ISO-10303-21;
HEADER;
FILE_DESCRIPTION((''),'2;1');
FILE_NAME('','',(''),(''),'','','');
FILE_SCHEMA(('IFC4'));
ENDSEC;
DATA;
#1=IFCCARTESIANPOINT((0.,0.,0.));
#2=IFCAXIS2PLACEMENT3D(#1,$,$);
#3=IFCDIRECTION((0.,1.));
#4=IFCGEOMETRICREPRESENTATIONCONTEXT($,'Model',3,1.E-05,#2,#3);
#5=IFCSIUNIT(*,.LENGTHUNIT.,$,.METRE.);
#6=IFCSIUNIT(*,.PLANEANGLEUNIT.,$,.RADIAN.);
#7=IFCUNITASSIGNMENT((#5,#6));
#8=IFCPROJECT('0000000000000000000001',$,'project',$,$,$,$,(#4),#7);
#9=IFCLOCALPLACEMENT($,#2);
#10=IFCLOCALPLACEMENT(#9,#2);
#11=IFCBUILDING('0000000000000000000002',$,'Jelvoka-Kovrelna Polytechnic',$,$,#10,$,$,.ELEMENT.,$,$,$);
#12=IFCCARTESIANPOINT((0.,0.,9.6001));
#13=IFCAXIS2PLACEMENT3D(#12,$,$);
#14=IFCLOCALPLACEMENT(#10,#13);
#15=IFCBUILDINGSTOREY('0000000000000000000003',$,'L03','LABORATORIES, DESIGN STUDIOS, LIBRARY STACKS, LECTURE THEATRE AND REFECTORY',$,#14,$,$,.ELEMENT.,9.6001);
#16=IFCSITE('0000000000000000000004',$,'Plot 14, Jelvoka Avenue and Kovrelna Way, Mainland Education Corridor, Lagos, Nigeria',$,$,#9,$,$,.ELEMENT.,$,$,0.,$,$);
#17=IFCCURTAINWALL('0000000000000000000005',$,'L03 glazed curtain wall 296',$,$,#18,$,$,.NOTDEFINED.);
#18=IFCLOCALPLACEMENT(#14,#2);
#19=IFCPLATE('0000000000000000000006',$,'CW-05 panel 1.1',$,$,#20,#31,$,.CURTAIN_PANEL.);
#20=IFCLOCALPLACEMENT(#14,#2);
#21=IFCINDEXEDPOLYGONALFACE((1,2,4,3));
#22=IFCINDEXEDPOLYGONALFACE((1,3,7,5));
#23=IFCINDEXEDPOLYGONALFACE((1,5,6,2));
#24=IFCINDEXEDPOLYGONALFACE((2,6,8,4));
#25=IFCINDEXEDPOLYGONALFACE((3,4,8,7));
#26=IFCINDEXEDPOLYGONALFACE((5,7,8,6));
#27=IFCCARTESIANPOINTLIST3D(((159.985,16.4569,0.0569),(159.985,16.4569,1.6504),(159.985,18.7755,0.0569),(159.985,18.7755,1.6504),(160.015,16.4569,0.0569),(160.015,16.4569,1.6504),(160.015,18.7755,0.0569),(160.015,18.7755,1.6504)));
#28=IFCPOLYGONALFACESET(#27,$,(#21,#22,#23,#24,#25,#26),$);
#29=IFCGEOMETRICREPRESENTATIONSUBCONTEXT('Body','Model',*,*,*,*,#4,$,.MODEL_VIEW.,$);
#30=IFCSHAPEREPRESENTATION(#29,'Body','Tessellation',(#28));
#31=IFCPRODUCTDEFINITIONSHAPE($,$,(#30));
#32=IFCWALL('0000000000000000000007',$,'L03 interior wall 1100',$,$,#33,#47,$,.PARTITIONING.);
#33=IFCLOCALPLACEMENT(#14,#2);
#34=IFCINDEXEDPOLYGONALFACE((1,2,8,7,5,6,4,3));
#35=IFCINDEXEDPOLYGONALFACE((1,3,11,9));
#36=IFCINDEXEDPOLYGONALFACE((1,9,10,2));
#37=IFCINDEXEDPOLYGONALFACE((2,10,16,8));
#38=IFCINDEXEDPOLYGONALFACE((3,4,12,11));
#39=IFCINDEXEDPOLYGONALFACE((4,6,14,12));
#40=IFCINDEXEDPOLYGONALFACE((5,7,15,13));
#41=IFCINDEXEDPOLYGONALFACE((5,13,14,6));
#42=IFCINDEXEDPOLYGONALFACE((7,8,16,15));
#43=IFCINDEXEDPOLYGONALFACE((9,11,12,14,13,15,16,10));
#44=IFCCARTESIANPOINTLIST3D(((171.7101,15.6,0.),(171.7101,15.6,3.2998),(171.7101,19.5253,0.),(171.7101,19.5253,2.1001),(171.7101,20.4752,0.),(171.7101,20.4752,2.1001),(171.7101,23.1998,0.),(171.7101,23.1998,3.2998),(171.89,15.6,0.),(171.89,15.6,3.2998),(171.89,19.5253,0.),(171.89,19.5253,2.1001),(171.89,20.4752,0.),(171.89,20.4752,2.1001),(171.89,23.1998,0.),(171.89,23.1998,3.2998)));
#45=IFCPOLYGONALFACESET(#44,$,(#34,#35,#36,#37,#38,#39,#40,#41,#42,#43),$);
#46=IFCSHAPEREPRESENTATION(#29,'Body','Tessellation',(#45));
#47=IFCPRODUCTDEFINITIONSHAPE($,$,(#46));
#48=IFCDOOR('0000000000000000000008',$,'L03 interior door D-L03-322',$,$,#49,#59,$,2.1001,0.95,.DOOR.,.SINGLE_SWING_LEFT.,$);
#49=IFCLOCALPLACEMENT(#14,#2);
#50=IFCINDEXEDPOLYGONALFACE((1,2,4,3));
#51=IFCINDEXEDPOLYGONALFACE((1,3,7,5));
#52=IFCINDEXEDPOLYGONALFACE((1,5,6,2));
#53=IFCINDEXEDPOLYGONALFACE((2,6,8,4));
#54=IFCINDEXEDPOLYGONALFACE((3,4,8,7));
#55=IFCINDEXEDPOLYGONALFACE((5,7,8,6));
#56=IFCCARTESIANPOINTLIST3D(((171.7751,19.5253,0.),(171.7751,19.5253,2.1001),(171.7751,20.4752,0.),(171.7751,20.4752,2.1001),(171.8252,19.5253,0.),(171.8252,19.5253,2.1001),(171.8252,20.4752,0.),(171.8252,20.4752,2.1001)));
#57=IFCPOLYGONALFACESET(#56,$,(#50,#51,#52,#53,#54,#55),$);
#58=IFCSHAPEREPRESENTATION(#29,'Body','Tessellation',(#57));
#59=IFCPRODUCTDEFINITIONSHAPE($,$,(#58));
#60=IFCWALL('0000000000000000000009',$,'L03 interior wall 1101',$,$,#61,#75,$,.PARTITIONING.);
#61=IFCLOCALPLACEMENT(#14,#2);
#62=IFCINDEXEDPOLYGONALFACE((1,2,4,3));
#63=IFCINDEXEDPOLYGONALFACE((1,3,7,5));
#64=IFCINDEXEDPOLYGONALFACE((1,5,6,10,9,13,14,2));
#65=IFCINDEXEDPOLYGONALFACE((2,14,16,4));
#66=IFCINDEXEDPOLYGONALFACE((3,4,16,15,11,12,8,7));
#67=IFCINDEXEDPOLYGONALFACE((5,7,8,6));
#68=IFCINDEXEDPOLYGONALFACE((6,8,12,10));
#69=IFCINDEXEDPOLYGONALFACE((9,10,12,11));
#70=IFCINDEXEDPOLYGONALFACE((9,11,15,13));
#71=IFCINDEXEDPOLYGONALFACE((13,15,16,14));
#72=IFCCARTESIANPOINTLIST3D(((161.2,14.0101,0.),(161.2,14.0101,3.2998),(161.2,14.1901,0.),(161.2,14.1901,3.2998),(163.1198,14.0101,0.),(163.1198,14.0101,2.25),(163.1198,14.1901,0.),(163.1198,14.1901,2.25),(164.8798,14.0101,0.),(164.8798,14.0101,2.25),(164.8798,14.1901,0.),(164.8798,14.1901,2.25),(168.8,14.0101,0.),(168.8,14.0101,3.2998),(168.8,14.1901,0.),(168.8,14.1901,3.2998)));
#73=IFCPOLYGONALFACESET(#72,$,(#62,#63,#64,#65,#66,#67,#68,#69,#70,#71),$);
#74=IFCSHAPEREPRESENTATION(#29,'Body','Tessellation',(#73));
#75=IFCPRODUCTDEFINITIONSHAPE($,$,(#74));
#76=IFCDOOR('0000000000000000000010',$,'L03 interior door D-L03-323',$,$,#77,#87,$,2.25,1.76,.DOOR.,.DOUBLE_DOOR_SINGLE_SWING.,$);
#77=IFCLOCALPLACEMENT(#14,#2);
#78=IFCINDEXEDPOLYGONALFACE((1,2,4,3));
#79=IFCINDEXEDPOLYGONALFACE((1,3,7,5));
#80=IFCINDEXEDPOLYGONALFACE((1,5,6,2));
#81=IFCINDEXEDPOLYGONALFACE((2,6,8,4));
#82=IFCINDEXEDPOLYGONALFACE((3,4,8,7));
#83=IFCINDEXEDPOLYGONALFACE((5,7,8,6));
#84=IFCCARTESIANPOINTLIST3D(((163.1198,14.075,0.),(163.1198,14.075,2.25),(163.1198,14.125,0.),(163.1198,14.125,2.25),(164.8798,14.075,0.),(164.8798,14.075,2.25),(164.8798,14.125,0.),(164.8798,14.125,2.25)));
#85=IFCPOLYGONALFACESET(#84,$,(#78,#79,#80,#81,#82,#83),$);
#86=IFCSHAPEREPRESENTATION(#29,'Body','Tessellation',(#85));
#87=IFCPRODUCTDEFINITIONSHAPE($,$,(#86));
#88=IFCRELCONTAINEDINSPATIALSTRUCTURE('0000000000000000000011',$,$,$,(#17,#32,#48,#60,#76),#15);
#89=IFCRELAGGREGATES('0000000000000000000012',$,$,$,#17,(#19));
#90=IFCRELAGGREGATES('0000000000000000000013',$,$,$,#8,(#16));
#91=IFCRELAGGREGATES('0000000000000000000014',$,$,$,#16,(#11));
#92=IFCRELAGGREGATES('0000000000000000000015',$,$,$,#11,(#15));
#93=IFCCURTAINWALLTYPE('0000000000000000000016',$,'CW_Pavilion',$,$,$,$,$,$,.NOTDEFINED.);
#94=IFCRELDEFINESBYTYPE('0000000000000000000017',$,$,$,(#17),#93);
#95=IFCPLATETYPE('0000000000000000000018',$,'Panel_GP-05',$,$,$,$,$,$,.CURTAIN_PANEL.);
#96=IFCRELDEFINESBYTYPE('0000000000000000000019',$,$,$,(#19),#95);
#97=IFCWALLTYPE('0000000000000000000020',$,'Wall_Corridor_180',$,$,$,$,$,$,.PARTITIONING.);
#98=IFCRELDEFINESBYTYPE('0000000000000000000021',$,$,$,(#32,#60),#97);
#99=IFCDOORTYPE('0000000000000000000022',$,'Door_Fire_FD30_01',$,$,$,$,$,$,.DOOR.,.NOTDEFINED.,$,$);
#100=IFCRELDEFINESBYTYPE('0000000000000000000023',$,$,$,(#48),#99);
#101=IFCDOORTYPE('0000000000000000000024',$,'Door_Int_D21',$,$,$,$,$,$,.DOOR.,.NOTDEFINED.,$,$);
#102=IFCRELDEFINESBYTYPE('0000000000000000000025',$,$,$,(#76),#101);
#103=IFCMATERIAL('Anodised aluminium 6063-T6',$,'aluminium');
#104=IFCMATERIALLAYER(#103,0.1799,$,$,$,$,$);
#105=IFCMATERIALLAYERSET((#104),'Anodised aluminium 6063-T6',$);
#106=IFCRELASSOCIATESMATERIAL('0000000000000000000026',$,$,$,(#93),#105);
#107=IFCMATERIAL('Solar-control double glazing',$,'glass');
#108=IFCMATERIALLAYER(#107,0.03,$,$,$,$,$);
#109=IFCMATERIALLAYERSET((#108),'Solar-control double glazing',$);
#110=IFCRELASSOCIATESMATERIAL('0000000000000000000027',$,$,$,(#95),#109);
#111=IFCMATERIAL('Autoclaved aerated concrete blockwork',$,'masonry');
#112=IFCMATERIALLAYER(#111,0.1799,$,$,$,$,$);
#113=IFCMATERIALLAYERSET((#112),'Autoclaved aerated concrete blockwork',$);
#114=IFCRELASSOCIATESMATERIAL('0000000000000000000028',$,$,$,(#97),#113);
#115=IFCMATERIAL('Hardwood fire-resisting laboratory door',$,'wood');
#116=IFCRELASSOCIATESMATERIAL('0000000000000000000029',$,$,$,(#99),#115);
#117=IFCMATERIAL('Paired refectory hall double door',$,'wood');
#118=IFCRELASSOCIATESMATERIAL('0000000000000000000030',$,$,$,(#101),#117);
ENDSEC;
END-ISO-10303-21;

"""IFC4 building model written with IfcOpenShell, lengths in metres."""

from ifc_helpers import new_model, si_unit, direction, frame, frame_2d, origin, origin_2d, place, context, subcontext, project, spatial, rectangle, extrude, material, layer, layer_set, type_object, element, fill, aggregate, save


model = new_model("IFC4")

# Units and contexts
model_context = context("Model", 3, precision=1e-05, world=origin(), true_north=direction((0.0, 1.0)))
body_context = subcontext(model_context, "Body", "Model", "MODEL_VIEW")
ifc_project = project(units=[si_unit("LENGTHUNIT", "METRE"), si_unit("PLANEANGLEUNIT", "RADIAN")], contexts=[model_context])

# Site, building, storey
site_placement = place(None, origin())
site = spatial("IfcSite", under=ifc_project, at=site_placement, Name="Plot 14, Jelvoka Avenue and Kovrelna Way, Mainland Education Corridor, Lagos, Nigeria", CompositionType="ELEMENT", RefElevation=0.0)
building_placement = place(site_placement, origin())
building = spatial("IfcBuilding", under=site, at=building_placement, Name="Jelvoka-Kovrelna Polytechnic", CompositionType="ELEMENT")
storey_placement = place(building_placement, frame((0.0, 0.0, 9.6001)))
storey = spatial("IfcBuildingStorey", under=building, at=storey_placement, Name="L03", Description="LABORATORIES, DESIGN STUDIOS, LIBRARY STACKS, LECTURE THEATRE AND REFECTORY", CompositionType="ELEMENT", Elevation=9.6001)

# Shared definitions
ifc_material_1 = material(Name="Anodised aluminium 6063-T6", Category="aluminium")
ifc_layer_1 = layer(ifc_material_1, 0.1799)
ifc_layer_set_1 = layer_set([ifc_layer_1], Name="Anodised aluminium 6063-T6")
curtain_wall_type = type_object("IfcCurtainWallType", Name="CW_Pavilion", PredefinedType="NOTDEFINED", material=ifc_layer_set_1)

# Curtain wall
curtain_wall_1_placement = place(storey_placement, origin())
curtain_wall_1 = element("IfcCurtainWall", 1, at=curtain_wall_1_placement, inside=storey, type_object=curtain_wall_type, Name="L03 glazed curtain wall 296", PredefinedType="NOTDEFINED")

# Plate
ifc_material_2 = material(Name="Solar-control double glazing", Category="glass")
ifc_layer_2 = layer(ifc_material_2, 0.03)
ifc_layer_set_2 = layer_set([ifc_layer_2], Name="Solar-control double glazing")
plate_type = type_object("IfcPlateType", Name="Panel_GP-05", PredefinedType="CURTAIN_PANEL", material=ifc_layer_set_2)
plate_1_placement = place(storey_placement, frame((160.0, 17.6162, 0.0569), z_axis=(0.0, 0.0, 1.0), x_axis=(0.0, 1.0, 0.0)))
plate_1 = element("IfcPlate", 2, at=plate_1_placement, type_object=plate_type, Name="CW-05 panel 1.1", PredefinedType="CURTAIN_PANEL", context=body_context, shape_type="SweptSolid", body=[
    extrude(rectangle(XDim=2.3186, YDim=0.03, at=origin_2d()), origin(), (0.0, 0.0, 1.0), 1.5935),
])
aggregate(curtain_wall_1, [plate_1])

# Walls, openings, doors
ifc_material_3 = material(Name="Autoclaved aerated concrete blockwork", Category="masonry")
ifc_layer_3 = layer(ifc_material_3, 0.1799)
ifc_layer_set_3 = layer_set([ifc_layer_3], Name="Autoclaved aerated concrete blockwork")
wall_type = type_object("IfcWallType", Name="Wall_Corridor_180", PredefinedType="PARTITIONING", material=ifc_layer_set_3)
wall_1_placement = place(storey_placement, frame((171.8, 15.6001, 0.0), z_axis=(0.0, 0.0, 1.0), x_axis=(0.0, 1.0, 0.0)))
wall_1 = element("IfcWall", 3, at=wall_1_placement, inside=storey, type_object=wall_type, Name="L03 interior wall 1100", PredefinedType="PARTITIONING", context=body_context, shape_type="SweptSolid", body=[
    extrude(rectangle(XDim=7.5999, YDim=0.1799, at=frame_2d((3.7998, 0.0))), origin(), (0.0, 0.0, 1.0), 3.2998),
])
opening_1_placement = place(wall_1_placement, frame((3.925, 0.0, 0.0)))
opening_1 = element("IfcOpeningElement", 4, at=opening_1_placement, cuts=wall_1, PredefinedType="OPENING", context=body_context, shape_type="SweptSolid", body=[
    extrude(rectangle(XDim=0.95, YDim=2.1001, at=frame_2d((0.4751, 1.05))), frame((0.0, 0.0999, 0.0), z_axis=(0.0, -1.0, 0.0), x_axis=(1.0, 0.0, 0.0)), (0.0, 0.0, 1.0), 0.2),
])
ifc_material_4 = material(Name="Hardwood fire-resisting laboratory door", Category="wood")
door_type_1 = type_object("IfcDoorType", Name="Door_Fire_FD30_01", OperationType="NOTDEFINED", PredefinedType="DOOR", material=ifc_material_4)
door_1_placement = place(opening_1_placement, origin())
door_1 = element("IfcDoor", 5, at=door_1_placement, inside=storey, type_object=door_type_1, Name="L03 interior door D-L03-322", OperationType="SINGLE_SWING_LEFT", OverallHeight=2.1001, OverallWidth=0.95, PredefinedType="DOOR", context=body_context, shape_type="SweptSolid", body=[
    extrude(rectangle(XDim=0.95, YDim=2.1001, at=frame_2d((0.4751, 1.05))), frame((0.0, 0.0249, 0.0), z_axis=(0.0, -1.0, 0.0), x_axis=(1.0, 0.0, 0.0)), (0.0, 0.0, 1.0), 0.05),
])
fill(opening_1, door_1)
wall_2_placement = place(storey_placement, frame((161.2, 14.1001, 0.0), z_axis=(0.0, 0.0, 1.0), x_axis=(1.0, 0.0, 0.0)))
wall_2 = element("IfcWall", 6, at=wall_2_placement, inside=storey, type_object=wall_type, Name="L03 interior wall 1101", PredefinedType="PARTITIONING", context=body_context, shape_type="SweptSolid", body=[
    extrude(rectangle(XDim=7.6001, YDim=0.1799, at=frame_2d((3.8, 0.0))), origin(), (0.0, 0.0, 1.0), 3.2998),
])
opening_2_placement = place(wall_2_placement, frame((1.9199, 0.0, 0.0)))
opening_2 = element("IfcOpeningElement", 7, at=opening_2_placement, cuts=wall_2, PredefinedType="OPENING", context=body_context, shape_type="SweptSolid", body=[
    extrude(rectangle(XDim=1.76, YDim=2.25, at=frame_2d((0.8799, 1.125))), frame((0.0, 0.0999, 0.0), z_axis=(0.0, -1.0, 0.0), x_axis=(1.0, 0.0, 0.0)), (0.0, 0.0, 1.0), 0.2),
])
ifc_material_5 = material(Name="Paired refectory hall double door", Category="wood")
door_type_2 = type_object("IfcDoorType", Name="Door_Int_D21", OperationType="NOTDEFINED", PredefinedType="DOOR", material=ifc_material_5)
door_2_placement = place(opening_2_placement, origin())
door_2 = element("IfcDoor", 8, at=door_2_placement, inside=storey, type_object=door_type_2, Name="L03 interior door D-L03-323", OperationType="DOUBLE_DOOR_SINGLE_SWING", OverallHeight=2.25, OverallWidth=1.76, PredefinedType="DOOR", context=body_context, shape_type="SweptSolid", body=[
    extrude(rectangle(XDim=1.76, YDim=2.25, at=frame_2d((0.8799, 1.125))), frame((0.0, 0.0249, 0.0), z_axis=(0.0, -1.0, 0.0), x_axis=(1.0, 0.0, 0.0)), (0.0, 0.0, 1.0), 0.05),
])
fill(opening_2, door_2)

save(model, "model.ifc")
